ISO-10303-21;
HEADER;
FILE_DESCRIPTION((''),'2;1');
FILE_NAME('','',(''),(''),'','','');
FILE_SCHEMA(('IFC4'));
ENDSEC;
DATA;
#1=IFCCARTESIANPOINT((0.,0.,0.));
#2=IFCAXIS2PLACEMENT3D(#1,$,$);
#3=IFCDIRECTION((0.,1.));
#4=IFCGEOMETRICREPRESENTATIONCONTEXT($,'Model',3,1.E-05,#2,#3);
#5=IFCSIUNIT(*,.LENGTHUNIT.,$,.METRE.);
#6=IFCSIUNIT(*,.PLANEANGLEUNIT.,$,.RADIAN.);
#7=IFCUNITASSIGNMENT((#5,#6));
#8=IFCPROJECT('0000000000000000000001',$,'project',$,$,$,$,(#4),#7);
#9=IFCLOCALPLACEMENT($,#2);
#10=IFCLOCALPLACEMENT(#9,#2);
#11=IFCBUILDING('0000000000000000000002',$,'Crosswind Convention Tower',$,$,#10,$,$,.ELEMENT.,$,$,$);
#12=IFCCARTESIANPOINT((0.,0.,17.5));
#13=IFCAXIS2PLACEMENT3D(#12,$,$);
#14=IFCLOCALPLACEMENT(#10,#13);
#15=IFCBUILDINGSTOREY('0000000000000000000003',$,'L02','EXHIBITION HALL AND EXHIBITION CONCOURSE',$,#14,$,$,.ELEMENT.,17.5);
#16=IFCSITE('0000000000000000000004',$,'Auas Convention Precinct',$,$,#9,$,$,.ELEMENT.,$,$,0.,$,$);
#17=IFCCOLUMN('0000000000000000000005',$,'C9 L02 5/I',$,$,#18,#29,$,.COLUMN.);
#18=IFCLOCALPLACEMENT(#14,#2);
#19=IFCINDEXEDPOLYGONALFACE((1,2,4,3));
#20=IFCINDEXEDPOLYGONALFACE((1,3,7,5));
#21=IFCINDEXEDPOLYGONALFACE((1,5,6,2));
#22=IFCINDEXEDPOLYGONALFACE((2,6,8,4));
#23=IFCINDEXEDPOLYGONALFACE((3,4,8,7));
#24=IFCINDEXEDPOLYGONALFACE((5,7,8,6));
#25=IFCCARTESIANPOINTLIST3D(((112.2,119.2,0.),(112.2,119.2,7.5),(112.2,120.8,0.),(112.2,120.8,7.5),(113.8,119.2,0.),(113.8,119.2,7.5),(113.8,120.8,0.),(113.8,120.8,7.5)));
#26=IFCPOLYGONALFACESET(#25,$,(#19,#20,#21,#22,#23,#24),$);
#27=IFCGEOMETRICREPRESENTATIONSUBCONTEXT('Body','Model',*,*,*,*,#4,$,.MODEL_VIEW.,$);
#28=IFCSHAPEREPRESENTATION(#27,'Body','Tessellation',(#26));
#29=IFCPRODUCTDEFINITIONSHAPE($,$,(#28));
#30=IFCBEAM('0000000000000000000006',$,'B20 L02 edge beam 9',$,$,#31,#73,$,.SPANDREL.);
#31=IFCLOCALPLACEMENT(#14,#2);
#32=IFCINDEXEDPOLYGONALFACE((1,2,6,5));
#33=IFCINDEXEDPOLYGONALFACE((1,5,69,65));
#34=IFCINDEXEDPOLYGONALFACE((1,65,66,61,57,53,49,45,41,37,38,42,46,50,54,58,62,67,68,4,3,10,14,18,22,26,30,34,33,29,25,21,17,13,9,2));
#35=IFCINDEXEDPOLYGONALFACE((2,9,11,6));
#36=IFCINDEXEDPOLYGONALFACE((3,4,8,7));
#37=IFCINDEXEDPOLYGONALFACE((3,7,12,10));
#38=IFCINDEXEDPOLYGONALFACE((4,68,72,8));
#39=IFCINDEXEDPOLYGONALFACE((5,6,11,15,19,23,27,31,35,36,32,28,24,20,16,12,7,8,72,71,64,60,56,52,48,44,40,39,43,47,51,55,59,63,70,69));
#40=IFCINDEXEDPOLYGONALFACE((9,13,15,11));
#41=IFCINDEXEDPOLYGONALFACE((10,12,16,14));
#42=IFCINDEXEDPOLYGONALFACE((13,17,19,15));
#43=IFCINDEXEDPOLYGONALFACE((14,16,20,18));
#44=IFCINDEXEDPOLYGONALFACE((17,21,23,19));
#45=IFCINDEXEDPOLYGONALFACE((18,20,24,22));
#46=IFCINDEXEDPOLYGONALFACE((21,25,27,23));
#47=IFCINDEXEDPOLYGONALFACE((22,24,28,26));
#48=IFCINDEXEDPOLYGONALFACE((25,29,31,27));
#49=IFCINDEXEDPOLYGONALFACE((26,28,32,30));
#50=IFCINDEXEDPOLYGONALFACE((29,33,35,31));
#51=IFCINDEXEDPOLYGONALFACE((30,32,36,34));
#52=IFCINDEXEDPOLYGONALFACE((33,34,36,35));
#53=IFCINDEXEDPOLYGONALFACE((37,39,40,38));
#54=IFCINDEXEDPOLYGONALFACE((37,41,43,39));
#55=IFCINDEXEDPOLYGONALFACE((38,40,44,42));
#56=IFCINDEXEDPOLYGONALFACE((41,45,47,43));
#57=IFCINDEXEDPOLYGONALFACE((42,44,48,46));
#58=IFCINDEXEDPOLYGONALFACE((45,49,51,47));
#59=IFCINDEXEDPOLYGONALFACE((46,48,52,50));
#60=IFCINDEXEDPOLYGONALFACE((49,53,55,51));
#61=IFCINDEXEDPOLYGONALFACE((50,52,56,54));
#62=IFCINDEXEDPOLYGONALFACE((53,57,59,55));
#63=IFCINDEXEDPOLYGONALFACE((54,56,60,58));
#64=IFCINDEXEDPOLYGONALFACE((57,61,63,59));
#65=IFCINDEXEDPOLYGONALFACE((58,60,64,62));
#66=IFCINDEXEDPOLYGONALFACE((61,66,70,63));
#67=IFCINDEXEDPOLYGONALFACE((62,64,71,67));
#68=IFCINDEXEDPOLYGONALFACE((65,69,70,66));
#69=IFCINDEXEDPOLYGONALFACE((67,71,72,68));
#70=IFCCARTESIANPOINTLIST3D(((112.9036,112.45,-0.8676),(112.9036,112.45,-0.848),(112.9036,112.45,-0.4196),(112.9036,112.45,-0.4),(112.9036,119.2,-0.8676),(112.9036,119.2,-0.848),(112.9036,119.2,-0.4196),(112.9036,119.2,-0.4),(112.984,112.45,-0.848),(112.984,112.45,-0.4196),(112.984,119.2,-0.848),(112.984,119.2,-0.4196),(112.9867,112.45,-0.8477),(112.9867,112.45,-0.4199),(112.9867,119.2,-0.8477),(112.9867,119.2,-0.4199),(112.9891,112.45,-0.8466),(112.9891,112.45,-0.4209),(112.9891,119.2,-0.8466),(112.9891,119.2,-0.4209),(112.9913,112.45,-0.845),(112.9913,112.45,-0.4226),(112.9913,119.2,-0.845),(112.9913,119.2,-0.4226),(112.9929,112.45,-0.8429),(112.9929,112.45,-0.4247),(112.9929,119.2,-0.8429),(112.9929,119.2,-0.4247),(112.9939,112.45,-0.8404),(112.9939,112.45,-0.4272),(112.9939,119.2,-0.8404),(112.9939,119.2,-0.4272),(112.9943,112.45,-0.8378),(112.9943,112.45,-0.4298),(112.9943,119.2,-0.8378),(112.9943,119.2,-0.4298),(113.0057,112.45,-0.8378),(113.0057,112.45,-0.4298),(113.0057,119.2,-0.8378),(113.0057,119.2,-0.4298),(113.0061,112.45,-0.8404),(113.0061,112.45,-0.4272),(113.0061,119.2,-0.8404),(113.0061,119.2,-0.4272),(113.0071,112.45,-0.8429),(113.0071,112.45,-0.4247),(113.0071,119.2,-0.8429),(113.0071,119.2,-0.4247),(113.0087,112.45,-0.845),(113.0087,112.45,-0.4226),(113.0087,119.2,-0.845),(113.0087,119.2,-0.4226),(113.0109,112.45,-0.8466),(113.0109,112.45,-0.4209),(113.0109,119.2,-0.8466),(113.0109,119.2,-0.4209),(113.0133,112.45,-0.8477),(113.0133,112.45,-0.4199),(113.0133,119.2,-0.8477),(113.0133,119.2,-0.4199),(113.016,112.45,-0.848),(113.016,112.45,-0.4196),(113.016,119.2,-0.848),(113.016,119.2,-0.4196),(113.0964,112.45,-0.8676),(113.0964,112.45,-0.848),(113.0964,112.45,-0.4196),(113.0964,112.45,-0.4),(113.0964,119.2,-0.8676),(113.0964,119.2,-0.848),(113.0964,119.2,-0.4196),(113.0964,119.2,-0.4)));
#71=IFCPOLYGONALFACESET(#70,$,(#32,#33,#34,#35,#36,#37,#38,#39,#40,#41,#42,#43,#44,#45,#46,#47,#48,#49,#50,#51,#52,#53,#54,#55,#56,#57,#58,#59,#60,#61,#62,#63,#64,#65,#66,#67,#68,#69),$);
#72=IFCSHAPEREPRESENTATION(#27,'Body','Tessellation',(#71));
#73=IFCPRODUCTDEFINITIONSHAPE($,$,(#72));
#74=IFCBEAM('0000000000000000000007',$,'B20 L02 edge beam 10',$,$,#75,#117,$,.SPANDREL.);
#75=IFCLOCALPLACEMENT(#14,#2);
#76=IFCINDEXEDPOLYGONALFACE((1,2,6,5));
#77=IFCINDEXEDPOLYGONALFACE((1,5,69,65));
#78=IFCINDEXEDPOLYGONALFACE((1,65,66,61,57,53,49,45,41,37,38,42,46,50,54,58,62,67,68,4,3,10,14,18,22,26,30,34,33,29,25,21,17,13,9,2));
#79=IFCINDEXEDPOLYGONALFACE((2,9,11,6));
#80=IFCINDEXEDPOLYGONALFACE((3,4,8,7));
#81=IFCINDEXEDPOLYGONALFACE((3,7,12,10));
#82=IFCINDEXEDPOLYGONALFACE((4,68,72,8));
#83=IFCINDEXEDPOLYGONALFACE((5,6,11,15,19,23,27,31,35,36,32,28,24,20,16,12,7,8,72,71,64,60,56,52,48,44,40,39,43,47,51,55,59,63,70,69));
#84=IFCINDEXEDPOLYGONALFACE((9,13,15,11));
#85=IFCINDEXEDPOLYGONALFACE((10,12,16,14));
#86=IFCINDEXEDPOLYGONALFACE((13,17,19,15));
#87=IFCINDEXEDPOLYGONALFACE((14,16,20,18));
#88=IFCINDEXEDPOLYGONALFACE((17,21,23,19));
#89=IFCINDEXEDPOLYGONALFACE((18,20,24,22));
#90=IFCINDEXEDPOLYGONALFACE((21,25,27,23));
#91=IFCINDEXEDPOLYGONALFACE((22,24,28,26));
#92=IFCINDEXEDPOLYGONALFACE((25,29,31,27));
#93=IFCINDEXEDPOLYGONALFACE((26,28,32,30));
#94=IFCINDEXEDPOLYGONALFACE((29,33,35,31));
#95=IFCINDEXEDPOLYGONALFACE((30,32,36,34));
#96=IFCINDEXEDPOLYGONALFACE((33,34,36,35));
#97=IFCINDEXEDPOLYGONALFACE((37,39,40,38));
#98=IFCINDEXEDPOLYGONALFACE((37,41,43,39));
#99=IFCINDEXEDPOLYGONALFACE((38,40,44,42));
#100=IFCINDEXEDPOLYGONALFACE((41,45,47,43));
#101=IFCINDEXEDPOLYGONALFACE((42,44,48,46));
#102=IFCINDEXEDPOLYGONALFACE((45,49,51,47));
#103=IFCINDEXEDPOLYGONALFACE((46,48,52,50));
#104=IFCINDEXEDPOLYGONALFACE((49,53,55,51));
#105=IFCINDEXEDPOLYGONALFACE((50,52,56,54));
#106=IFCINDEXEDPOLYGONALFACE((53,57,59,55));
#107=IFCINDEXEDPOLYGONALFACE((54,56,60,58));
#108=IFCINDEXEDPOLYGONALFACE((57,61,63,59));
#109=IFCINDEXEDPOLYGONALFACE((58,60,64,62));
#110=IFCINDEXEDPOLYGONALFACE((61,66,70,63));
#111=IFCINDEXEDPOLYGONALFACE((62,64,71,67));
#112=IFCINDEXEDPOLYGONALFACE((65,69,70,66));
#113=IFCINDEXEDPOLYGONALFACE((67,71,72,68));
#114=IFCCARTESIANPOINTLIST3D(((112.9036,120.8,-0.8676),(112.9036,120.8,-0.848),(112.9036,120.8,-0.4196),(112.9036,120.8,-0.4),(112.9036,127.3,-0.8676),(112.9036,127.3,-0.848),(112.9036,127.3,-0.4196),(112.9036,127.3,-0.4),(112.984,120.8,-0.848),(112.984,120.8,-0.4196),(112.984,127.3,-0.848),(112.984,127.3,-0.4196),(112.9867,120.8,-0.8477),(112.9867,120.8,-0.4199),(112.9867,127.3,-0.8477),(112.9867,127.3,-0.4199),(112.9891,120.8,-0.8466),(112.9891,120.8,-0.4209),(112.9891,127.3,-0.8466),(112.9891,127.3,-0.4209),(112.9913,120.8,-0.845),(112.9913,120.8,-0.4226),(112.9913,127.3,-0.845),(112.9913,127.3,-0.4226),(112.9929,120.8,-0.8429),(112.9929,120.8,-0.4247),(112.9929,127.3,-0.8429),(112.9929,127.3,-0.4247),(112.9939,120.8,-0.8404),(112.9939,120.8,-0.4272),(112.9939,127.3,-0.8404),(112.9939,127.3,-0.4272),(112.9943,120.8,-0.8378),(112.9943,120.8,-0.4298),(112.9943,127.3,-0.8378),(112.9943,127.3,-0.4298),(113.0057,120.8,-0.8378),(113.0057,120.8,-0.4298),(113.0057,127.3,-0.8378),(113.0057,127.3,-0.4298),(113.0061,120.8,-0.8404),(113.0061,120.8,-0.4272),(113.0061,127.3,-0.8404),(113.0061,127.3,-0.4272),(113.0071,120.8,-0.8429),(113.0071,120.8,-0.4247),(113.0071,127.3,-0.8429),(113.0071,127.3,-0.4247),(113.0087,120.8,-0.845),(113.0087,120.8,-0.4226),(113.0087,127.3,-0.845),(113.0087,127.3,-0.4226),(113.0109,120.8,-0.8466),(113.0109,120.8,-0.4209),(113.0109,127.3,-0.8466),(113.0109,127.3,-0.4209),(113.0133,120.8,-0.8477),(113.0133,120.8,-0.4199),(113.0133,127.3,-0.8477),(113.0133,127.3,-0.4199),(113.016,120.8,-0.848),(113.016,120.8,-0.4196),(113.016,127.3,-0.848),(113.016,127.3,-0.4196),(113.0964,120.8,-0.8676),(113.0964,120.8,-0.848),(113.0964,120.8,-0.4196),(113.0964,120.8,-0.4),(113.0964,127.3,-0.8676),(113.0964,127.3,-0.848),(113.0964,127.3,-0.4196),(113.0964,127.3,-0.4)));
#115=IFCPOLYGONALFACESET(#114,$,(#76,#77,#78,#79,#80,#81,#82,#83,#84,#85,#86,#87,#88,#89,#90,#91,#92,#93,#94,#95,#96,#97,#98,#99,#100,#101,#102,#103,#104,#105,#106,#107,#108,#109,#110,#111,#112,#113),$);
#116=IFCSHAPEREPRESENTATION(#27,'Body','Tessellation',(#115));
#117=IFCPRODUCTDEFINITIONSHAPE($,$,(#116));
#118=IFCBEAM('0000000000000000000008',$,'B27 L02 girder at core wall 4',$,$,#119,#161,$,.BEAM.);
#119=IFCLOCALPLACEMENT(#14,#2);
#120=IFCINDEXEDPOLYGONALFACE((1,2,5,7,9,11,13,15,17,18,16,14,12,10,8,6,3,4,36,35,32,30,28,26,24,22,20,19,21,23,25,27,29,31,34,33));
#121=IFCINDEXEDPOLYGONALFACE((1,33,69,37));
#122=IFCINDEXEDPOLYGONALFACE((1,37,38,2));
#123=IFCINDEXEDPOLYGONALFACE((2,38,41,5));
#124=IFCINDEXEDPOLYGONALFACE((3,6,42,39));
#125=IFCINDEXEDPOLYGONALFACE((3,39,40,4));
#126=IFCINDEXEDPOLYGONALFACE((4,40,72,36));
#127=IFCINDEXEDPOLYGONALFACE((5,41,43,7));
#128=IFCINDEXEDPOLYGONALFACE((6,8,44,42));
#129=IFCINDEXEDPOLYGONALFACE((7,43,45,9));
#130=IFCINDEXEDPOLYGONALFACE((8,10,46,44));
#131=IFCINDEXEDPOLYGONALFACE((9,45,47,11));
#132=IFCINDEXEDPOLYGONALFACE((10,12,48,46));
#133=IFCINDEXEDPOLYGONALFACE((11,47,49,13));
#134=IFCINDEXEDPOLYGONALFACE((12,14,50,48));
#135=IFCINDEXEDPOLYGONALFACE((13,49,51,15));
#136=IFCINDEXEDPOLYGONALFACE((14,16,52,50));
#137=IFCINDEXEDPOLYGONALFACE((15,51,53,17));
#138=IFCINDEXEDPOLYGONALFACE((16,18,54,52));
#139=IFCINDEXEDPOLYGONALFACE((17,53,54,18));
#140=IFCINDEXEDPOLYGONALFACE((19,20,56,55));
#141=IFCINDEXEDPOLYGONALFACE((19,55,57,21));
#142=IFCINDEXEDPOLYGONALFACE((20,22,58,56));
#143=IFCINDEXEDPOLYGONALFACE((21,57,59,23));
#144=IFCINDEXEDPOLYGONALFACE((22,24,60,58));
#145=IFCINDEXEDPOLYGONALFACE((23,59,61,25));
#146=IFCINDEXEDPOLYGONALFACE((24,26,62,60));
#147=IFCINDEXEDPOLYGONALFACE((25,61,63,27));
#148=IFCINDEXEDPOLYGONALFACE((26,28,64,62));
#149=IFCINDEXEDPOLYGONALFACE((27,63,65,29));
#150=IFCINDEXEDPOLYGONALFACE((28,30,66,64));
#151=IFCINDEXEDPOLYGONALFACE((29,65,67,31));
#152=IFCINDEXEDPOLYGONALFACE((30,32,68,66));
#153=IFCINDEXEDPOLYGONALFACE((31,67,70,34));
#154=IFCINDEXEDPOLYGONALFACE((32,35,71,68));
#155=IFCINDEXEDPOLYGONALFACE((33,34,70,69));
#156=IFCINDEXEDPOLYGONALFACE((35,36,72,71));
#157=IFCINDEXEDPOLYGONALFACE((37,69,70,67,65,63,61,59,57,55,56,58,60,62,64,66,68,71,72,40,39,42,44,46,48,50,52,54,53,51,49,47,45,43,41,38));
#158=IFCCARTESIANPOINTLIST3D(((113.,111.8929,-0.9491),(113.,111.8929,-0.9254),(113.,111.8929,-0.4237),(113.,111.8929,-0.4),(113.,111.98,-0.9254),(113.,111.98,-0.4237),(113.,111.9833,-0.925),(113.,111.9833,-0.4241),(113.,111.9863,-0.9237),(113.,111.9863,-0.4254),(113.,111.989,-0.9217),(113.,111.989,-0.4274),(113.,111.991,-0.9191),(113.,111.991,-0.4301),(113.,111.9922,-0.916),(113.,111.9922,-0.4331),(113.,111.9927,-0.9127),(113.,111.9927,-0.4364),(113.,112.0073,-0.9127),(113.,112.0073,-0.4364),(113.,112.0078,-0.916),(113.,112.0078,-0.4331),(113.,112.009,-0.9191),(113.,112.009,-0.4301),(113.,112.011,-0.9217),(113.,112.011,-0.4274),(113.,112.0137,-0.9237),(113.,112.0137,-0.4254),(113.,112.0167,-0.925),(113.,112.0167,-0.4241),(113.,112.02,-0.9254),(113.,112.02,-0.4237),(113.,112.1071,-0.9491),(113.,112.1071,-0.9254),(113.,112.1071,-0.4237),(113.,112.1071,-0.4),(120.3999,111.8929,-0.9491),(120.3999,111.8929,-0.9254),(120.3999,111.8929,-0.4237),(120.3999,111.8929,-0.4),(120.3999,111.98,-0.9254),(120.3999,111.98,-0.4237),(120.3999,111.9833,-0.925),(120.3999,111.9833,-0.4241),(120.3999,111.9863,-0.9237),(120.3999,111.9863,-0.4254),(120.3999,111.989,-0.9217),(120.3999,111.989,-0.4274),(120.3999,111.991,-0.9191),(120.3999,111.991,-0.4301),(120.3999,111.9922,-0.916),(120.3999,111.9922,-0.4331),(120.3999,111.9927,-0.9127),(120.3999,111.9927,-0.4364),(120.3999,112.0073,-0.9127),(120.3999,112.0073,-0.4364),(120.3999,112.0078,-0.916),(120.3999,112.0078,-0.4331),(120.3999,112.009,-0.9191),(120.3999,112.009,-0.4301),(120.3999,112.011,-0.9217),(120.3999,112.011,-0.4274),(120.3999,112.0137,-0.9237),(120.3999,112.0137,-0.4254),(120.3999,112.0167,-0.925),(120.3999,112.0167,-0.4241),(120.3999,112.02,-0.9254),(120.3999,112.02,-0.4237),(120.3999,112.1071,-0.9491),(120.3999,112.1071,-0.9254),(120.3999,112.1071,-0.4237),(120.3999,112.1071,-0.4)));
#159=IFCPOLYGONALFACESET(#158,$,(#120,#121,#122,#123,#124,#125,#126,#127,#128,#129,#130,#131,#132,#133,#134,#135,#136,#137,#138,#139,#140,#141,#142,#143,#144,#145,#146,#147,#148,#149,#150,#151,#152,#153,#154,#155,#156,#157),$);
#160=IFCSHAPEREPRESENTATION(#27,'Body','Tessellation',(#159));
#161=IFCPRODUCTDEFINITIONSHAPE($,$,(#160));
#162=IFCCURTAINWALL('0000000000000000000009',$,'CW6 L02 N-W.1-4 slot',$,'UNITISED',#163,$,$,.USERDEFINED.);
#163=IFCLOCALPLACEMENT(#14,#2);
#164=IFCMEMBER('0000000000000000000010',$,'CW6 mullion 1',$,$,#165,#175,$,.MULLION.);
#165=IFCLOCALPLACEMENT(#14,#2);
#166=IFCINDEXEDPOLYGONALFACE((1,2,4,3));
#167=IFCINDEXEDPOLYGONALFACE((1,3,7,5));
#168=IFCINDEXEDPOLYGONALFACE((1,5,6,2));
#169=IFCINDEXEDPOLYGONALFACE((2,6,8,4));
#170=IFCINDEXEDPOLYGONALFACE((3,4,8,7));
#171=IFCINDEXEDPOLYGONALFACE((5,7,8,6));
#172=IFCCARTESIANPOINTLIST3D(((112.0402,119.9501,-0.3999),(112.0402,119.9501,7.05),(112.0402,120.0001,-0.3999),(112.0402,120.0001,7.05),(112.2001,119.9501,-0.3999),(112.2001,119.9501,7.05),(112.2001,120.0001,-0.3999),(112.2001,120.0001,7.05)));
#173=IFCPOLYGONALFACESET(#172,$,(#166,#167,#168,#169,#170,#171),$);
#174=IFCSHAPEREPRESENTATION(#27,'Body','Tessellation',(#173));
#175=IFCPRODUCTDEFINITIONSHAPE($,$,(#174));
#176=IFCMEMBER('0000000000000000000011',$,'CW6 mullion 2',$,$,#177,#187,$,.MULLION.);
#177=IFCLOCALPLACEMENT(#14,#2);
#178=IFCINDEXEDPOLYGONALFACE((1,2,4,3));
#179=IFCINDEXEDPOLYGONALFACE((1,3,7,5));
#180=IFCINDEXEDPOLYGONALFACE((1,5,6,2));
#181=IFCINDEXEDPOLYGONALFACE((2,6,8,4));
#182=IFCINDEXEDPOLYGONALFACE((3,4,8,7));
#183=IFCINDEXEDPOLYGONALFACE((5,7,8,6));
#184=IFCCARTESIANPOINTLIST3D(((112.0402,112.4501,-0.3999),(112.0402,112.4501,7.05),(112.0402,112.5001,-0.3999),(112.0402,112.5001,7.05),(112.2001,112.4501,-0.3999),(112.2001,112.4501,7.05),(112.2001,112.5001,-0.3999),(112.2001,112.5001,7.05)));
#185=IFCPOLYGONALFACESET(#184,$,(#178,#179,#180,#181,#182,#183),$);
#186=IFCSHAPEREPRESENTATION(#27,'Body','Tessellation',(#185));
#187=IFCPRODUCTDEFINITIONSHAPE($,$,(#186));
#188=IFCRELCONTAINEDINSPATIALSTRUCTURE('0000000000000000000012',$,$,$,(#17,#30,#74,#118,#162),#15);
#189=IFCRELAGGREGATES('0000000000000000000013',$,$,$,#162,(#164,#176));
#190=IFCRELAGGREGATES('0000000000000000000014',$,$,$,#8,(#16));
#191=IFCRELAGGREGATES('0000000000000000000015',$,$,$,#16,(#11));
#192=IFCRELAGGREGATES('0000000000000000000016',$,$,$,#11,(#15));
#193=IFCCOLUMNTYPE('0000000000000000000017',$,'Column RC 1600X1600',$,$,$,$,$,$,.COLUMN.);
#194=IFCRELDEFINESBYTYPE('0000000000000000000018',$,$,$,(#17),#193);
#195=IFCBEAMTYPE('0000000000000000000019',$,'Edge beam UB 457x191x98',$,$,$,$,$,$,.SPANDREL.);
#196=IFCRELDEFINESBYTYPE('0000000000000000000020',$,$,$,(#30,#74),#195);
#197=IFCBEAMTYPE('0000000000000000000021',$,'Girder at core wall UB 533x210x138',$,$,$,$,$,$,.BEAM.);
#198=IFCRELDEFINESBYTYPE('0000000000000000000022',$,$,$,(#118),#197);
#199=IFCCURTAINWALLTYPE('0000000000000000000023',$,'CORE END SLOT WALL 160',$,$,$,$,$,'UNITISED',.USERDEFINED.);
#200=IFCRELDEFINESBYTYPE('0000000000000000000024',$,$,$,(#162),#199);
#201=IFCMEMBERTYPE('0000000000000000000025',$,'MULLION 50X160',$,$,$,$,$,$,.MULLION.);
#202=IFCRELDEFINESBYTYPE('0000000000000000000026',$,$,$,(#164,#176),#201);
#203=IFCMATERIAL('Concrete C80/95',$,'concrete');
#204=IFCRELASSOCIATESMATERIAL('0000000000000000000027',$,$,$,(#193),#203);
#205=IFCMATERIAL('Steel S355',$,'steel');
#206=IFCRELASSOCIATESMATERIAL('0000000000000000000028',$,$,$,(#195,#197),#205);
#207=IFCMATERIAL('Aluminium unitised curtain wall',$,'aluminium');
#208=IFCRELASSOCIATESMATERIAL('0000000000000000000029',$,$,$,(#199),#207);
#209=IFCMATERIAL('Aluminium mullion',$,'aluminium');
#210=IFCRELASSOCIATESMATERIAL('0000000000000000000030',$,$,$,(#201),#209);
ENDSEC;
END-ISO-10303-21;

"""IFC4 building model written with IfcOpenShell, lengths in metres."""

from ifc_helpers import new_model, si_unit, direction, frame, origin, origin_2d, place, context, subcontext, project, spatial, rectangle, i_section, extrude, material, material_profile, profile_set, type_object, element, aggregate, save


model = new_model("IFC4")

# Units and contexts
model_context = context("Model", 3, precision=1e-05, world=origin(), true_north=direction((0.0, 1.0)))
body_context = subcontext(model_context, "Body", "Model", "MODEL_VIEW")
ifc_project = project(units=[si_unit("LENGTHUNIT", "METRE"), si_unit("PLANEANGLEUNIT", "RADIAN")], contexts=[model_context])

# Site, building, storey
site_placement = place(None, origin())
site = spatial("IfcSite", under=ifc_project, at=site_placement, Name="Auas Convention Precinct", CompositionType="ELEMENT", RefElevation=0.0)
building_placement = place(site_placement, origin())
building = spatial("IfcBuilding", under=site, at=building_placement, Name="Crosswind Convention Tower", CompositionType="ELEMENT")
storey_placement = place(building_placement, frame((0.0, 0.0, 17.5)))
storey = spatial("IfcBuildingStorey", under=building, at=storey_placement, Name="L02", Description="EXHIBITION HALL AND EXHIBITION CONCOURSE", CompositionType="ELEMENT", Elevation=17.5)

# Column
ifc_material_1 = material(Name="Concrete C80/95", Category="concrete")
ifc_material_profile_1 = material_profile(ifc_material_1, rectangle(XDim=1.6001, YDim=1.6001, at=origin_2d()), Name="RC 1600X1600")
ifc_profile_set_1 = profile_set([ifc_material_profile_1], Name="Concrete C80/95")
column_type = type_object("IfcColumnType", Name="Column RC 1600X1600", PredefinedType="COLUMN", material=ifc_profile_set_1)
column_placement = place(storey_placement, frame((113.0, 120.0, 0.0), z_axis=(0.0, 0.0, 1.0), x_axis=(1.0, 0.0, 0.0)))
element("IfcColumn", 1, at=column_placement, inside=storey, type_object=column_type, Name="C9 L02 5/I", PredefinedType="COLUMN", context=body_context, shape_type="SweptSolid", body=[
    extrude(rectangle(XDim=1.6001, YDim=1.6001, at=origin_2d()), origin(), (0.0, 0.0, 1.0), 7.5),
])

# Beams
ifc_material_2 = material(Name="Steel S355", Category="steel")
ifc_material_profile_2 = material_profile(ifc_material_2, i_section(OverallWidth=0.1929, OverallDepth=0.4675, WebThickness=0.0115, FlangeThickness=0.0195, FilletRadius=0.0103, at=origin_2d()), Name="UB 457x191x98")
ifc_profile_set_2 = profile_set([ifc_material_profile_2], Name="Steel S355")
beam_type_1 = type_object("IfcBeamType", Name="Edge beam UB 457x191x98", PredefinedType="SPANDREL", material=ifc_profile_set_2)
beam_1_placement = place(storey_placement, frame((113.0, 112.45, -0.6338), z_axis=(0.0, 1.0, 0.0), x_axis=(-1.0, 0.0, 0.0)))
element("IfcBeam", 2, at=beam_1_placement, inside=storey, type_object=beam_type_1, Name="B20 L02 edge beam 9", PredefinedType="SPANDREL", context=body_context, shape_type="SweptSolid", body=[
    extrude(i_section(OverallWidth=0.1929, OverallDepth=0.4675, WebThickness=0.0115, FlangeThickness=0.0195, FilletRadius=0.0103, at=origin_2d()), origin(), (0.0, 0.0, 1.0), 6.75),
])
beam_2_placement = place(storey_placement, frame((113.0, 120.8, -0.6338), z_axis=(0.0, 1.0, 0.0), x_axis=(-1.0, 0.0, 0.0)))
element("IfcBeam", 3, at=beam_2_placement, inside=storey, type_object=beam_type_1, Name="B20 L02 edge beam 10", PredefinedType="SPANDREL", context=body_context, shape_type="SweptSolid", body=[
    extrude(i_section(OverallWidth=0.1929, OverallDepth=0.4675, WebThickness=0.0115, FlangeThickness=0.0195, FilletRadius=0.0103, at=origin_2d()), origin(), (0.0, 0.0, 1.0), 6.5),
])
ifc_material_profile_3 = material_profile(ifc_material_2, i_section(OverallWidth=0.2141, OverallDepth=0.5491, WebThickness=0.0146, FlangeThickness=0.0237, FilletRadius=0.0127, at=origin_2d()), Name="UB 533x210x138")
ifc_profile_set_3 = profile_set([ifc_material_profile_3], Name="Steel S355")
beam_type_2 = type_object("IfcBeamType", Name="Girder at core wall UB 533x210x138", PredefinedType="BEAM", material=ifc_profile_set_3)
beam_3_placement = place(storey_placement, frame((113.0, 112.0, -0.6746), z_axis=(1.0, 0.0, 0.0), x_axis=(0.0, 1.0, 0.0)))
element("IfcBeam", 4, at=beam_3_placement, inside=storey, type_object=beam_type_2, Name="B27 L02 girder at core wall 4", PredefinedType="BEAM", context=body_context, shape_type="SweptSolid", body=[
    extrude(i_section(OverallWidth=0.2141, OverallDepth=0.5491, WebThickness=0.0146, FlangeThickness=0.0237, FilletRadius=0.0127, at=origin_2d()), origin(), (0.0, 0.0, 1.0), 7.3999),
])

# Curtain wall, members
ifc_material_3 = material(Name="Aluminium unitised curtain wall", Category="aluminium")
curtain_wall_type_1 = type_object("IfcCurtainWallType", Name="CORE END SLOT WALL 160", ElementType="UNITISED", PredefinedType="USERDEFINED", material=ifc_material_3)
curtain_wall_1_placement = place(storey_placement, origin())
curtain_wall_1 = element("IfcCurtainWall", 5, at=curtain_wall_1_placement, inside=storey, type_object=curtain_wall_type_1, Name="CW6 L02 N-W.1-4 slot", ObjectType="UNITISED", PredefinedType="USERDEFINED")
ifc_material_4 = material(Name="Aluminium mullion", Category="aluminium")
ifc_material_profile_4 = material_profile(ifc_material_4, rectangle(XDim=0.1599, YDim=0.05, at=origin_2d()), Name="AL 160X50")
ifc_profile_set_4 = profile_set([ifc_material_profile_4], Name="Aluminium mullion")
member_type_1 = type_object("IfcMemberType", Name="MULLION 50X160", PredefinedType="MULLION", material=ifc_profile_set_4)
member_1_placement = place(storey_placement, frame((112.1201, 119.9751, -0.3999), z_axis=(0.0, 0.0, 1.0), x_axis=(-1.0, 0.0, 0.0)))
member_1 = element("IfcMember", 6, at=member_1_placement, type_object=member_type_1, Name="CW6 mullion 1", PredefinedType="MULLION", context=body_context, shape_type="SweptSolid", body=[
    extrude(rectangle(XDim=0.1599, YDim=0.05, at=origin_2d()), origin(), (0.0, 0.0, 1.0), 7.45),
])
member_2_placement = place(storey_placement, frame((112.1201, 112.4751, -0.3999), z_axis=(0.0, 0.0, 1.0), x_axis=(-1.0, 0.0, 0.0)))
member_2 = element("IfcMember", 7, at=member_2_placement, type_object=member_type_1, Name="CW6 mullion 2", PredefinedType="MULLION", context=body_context, shape_type="SweptSolid", body=[
    extrude(rectangle(XDim=0.1599, YDim=0.05, at=origin_2d()), origin(), (0.0, 0.0, 1.0), 7.45),
])

aggregate(curtain_wall_1, [member_1, member_2])

save(model, "model.ifc")
